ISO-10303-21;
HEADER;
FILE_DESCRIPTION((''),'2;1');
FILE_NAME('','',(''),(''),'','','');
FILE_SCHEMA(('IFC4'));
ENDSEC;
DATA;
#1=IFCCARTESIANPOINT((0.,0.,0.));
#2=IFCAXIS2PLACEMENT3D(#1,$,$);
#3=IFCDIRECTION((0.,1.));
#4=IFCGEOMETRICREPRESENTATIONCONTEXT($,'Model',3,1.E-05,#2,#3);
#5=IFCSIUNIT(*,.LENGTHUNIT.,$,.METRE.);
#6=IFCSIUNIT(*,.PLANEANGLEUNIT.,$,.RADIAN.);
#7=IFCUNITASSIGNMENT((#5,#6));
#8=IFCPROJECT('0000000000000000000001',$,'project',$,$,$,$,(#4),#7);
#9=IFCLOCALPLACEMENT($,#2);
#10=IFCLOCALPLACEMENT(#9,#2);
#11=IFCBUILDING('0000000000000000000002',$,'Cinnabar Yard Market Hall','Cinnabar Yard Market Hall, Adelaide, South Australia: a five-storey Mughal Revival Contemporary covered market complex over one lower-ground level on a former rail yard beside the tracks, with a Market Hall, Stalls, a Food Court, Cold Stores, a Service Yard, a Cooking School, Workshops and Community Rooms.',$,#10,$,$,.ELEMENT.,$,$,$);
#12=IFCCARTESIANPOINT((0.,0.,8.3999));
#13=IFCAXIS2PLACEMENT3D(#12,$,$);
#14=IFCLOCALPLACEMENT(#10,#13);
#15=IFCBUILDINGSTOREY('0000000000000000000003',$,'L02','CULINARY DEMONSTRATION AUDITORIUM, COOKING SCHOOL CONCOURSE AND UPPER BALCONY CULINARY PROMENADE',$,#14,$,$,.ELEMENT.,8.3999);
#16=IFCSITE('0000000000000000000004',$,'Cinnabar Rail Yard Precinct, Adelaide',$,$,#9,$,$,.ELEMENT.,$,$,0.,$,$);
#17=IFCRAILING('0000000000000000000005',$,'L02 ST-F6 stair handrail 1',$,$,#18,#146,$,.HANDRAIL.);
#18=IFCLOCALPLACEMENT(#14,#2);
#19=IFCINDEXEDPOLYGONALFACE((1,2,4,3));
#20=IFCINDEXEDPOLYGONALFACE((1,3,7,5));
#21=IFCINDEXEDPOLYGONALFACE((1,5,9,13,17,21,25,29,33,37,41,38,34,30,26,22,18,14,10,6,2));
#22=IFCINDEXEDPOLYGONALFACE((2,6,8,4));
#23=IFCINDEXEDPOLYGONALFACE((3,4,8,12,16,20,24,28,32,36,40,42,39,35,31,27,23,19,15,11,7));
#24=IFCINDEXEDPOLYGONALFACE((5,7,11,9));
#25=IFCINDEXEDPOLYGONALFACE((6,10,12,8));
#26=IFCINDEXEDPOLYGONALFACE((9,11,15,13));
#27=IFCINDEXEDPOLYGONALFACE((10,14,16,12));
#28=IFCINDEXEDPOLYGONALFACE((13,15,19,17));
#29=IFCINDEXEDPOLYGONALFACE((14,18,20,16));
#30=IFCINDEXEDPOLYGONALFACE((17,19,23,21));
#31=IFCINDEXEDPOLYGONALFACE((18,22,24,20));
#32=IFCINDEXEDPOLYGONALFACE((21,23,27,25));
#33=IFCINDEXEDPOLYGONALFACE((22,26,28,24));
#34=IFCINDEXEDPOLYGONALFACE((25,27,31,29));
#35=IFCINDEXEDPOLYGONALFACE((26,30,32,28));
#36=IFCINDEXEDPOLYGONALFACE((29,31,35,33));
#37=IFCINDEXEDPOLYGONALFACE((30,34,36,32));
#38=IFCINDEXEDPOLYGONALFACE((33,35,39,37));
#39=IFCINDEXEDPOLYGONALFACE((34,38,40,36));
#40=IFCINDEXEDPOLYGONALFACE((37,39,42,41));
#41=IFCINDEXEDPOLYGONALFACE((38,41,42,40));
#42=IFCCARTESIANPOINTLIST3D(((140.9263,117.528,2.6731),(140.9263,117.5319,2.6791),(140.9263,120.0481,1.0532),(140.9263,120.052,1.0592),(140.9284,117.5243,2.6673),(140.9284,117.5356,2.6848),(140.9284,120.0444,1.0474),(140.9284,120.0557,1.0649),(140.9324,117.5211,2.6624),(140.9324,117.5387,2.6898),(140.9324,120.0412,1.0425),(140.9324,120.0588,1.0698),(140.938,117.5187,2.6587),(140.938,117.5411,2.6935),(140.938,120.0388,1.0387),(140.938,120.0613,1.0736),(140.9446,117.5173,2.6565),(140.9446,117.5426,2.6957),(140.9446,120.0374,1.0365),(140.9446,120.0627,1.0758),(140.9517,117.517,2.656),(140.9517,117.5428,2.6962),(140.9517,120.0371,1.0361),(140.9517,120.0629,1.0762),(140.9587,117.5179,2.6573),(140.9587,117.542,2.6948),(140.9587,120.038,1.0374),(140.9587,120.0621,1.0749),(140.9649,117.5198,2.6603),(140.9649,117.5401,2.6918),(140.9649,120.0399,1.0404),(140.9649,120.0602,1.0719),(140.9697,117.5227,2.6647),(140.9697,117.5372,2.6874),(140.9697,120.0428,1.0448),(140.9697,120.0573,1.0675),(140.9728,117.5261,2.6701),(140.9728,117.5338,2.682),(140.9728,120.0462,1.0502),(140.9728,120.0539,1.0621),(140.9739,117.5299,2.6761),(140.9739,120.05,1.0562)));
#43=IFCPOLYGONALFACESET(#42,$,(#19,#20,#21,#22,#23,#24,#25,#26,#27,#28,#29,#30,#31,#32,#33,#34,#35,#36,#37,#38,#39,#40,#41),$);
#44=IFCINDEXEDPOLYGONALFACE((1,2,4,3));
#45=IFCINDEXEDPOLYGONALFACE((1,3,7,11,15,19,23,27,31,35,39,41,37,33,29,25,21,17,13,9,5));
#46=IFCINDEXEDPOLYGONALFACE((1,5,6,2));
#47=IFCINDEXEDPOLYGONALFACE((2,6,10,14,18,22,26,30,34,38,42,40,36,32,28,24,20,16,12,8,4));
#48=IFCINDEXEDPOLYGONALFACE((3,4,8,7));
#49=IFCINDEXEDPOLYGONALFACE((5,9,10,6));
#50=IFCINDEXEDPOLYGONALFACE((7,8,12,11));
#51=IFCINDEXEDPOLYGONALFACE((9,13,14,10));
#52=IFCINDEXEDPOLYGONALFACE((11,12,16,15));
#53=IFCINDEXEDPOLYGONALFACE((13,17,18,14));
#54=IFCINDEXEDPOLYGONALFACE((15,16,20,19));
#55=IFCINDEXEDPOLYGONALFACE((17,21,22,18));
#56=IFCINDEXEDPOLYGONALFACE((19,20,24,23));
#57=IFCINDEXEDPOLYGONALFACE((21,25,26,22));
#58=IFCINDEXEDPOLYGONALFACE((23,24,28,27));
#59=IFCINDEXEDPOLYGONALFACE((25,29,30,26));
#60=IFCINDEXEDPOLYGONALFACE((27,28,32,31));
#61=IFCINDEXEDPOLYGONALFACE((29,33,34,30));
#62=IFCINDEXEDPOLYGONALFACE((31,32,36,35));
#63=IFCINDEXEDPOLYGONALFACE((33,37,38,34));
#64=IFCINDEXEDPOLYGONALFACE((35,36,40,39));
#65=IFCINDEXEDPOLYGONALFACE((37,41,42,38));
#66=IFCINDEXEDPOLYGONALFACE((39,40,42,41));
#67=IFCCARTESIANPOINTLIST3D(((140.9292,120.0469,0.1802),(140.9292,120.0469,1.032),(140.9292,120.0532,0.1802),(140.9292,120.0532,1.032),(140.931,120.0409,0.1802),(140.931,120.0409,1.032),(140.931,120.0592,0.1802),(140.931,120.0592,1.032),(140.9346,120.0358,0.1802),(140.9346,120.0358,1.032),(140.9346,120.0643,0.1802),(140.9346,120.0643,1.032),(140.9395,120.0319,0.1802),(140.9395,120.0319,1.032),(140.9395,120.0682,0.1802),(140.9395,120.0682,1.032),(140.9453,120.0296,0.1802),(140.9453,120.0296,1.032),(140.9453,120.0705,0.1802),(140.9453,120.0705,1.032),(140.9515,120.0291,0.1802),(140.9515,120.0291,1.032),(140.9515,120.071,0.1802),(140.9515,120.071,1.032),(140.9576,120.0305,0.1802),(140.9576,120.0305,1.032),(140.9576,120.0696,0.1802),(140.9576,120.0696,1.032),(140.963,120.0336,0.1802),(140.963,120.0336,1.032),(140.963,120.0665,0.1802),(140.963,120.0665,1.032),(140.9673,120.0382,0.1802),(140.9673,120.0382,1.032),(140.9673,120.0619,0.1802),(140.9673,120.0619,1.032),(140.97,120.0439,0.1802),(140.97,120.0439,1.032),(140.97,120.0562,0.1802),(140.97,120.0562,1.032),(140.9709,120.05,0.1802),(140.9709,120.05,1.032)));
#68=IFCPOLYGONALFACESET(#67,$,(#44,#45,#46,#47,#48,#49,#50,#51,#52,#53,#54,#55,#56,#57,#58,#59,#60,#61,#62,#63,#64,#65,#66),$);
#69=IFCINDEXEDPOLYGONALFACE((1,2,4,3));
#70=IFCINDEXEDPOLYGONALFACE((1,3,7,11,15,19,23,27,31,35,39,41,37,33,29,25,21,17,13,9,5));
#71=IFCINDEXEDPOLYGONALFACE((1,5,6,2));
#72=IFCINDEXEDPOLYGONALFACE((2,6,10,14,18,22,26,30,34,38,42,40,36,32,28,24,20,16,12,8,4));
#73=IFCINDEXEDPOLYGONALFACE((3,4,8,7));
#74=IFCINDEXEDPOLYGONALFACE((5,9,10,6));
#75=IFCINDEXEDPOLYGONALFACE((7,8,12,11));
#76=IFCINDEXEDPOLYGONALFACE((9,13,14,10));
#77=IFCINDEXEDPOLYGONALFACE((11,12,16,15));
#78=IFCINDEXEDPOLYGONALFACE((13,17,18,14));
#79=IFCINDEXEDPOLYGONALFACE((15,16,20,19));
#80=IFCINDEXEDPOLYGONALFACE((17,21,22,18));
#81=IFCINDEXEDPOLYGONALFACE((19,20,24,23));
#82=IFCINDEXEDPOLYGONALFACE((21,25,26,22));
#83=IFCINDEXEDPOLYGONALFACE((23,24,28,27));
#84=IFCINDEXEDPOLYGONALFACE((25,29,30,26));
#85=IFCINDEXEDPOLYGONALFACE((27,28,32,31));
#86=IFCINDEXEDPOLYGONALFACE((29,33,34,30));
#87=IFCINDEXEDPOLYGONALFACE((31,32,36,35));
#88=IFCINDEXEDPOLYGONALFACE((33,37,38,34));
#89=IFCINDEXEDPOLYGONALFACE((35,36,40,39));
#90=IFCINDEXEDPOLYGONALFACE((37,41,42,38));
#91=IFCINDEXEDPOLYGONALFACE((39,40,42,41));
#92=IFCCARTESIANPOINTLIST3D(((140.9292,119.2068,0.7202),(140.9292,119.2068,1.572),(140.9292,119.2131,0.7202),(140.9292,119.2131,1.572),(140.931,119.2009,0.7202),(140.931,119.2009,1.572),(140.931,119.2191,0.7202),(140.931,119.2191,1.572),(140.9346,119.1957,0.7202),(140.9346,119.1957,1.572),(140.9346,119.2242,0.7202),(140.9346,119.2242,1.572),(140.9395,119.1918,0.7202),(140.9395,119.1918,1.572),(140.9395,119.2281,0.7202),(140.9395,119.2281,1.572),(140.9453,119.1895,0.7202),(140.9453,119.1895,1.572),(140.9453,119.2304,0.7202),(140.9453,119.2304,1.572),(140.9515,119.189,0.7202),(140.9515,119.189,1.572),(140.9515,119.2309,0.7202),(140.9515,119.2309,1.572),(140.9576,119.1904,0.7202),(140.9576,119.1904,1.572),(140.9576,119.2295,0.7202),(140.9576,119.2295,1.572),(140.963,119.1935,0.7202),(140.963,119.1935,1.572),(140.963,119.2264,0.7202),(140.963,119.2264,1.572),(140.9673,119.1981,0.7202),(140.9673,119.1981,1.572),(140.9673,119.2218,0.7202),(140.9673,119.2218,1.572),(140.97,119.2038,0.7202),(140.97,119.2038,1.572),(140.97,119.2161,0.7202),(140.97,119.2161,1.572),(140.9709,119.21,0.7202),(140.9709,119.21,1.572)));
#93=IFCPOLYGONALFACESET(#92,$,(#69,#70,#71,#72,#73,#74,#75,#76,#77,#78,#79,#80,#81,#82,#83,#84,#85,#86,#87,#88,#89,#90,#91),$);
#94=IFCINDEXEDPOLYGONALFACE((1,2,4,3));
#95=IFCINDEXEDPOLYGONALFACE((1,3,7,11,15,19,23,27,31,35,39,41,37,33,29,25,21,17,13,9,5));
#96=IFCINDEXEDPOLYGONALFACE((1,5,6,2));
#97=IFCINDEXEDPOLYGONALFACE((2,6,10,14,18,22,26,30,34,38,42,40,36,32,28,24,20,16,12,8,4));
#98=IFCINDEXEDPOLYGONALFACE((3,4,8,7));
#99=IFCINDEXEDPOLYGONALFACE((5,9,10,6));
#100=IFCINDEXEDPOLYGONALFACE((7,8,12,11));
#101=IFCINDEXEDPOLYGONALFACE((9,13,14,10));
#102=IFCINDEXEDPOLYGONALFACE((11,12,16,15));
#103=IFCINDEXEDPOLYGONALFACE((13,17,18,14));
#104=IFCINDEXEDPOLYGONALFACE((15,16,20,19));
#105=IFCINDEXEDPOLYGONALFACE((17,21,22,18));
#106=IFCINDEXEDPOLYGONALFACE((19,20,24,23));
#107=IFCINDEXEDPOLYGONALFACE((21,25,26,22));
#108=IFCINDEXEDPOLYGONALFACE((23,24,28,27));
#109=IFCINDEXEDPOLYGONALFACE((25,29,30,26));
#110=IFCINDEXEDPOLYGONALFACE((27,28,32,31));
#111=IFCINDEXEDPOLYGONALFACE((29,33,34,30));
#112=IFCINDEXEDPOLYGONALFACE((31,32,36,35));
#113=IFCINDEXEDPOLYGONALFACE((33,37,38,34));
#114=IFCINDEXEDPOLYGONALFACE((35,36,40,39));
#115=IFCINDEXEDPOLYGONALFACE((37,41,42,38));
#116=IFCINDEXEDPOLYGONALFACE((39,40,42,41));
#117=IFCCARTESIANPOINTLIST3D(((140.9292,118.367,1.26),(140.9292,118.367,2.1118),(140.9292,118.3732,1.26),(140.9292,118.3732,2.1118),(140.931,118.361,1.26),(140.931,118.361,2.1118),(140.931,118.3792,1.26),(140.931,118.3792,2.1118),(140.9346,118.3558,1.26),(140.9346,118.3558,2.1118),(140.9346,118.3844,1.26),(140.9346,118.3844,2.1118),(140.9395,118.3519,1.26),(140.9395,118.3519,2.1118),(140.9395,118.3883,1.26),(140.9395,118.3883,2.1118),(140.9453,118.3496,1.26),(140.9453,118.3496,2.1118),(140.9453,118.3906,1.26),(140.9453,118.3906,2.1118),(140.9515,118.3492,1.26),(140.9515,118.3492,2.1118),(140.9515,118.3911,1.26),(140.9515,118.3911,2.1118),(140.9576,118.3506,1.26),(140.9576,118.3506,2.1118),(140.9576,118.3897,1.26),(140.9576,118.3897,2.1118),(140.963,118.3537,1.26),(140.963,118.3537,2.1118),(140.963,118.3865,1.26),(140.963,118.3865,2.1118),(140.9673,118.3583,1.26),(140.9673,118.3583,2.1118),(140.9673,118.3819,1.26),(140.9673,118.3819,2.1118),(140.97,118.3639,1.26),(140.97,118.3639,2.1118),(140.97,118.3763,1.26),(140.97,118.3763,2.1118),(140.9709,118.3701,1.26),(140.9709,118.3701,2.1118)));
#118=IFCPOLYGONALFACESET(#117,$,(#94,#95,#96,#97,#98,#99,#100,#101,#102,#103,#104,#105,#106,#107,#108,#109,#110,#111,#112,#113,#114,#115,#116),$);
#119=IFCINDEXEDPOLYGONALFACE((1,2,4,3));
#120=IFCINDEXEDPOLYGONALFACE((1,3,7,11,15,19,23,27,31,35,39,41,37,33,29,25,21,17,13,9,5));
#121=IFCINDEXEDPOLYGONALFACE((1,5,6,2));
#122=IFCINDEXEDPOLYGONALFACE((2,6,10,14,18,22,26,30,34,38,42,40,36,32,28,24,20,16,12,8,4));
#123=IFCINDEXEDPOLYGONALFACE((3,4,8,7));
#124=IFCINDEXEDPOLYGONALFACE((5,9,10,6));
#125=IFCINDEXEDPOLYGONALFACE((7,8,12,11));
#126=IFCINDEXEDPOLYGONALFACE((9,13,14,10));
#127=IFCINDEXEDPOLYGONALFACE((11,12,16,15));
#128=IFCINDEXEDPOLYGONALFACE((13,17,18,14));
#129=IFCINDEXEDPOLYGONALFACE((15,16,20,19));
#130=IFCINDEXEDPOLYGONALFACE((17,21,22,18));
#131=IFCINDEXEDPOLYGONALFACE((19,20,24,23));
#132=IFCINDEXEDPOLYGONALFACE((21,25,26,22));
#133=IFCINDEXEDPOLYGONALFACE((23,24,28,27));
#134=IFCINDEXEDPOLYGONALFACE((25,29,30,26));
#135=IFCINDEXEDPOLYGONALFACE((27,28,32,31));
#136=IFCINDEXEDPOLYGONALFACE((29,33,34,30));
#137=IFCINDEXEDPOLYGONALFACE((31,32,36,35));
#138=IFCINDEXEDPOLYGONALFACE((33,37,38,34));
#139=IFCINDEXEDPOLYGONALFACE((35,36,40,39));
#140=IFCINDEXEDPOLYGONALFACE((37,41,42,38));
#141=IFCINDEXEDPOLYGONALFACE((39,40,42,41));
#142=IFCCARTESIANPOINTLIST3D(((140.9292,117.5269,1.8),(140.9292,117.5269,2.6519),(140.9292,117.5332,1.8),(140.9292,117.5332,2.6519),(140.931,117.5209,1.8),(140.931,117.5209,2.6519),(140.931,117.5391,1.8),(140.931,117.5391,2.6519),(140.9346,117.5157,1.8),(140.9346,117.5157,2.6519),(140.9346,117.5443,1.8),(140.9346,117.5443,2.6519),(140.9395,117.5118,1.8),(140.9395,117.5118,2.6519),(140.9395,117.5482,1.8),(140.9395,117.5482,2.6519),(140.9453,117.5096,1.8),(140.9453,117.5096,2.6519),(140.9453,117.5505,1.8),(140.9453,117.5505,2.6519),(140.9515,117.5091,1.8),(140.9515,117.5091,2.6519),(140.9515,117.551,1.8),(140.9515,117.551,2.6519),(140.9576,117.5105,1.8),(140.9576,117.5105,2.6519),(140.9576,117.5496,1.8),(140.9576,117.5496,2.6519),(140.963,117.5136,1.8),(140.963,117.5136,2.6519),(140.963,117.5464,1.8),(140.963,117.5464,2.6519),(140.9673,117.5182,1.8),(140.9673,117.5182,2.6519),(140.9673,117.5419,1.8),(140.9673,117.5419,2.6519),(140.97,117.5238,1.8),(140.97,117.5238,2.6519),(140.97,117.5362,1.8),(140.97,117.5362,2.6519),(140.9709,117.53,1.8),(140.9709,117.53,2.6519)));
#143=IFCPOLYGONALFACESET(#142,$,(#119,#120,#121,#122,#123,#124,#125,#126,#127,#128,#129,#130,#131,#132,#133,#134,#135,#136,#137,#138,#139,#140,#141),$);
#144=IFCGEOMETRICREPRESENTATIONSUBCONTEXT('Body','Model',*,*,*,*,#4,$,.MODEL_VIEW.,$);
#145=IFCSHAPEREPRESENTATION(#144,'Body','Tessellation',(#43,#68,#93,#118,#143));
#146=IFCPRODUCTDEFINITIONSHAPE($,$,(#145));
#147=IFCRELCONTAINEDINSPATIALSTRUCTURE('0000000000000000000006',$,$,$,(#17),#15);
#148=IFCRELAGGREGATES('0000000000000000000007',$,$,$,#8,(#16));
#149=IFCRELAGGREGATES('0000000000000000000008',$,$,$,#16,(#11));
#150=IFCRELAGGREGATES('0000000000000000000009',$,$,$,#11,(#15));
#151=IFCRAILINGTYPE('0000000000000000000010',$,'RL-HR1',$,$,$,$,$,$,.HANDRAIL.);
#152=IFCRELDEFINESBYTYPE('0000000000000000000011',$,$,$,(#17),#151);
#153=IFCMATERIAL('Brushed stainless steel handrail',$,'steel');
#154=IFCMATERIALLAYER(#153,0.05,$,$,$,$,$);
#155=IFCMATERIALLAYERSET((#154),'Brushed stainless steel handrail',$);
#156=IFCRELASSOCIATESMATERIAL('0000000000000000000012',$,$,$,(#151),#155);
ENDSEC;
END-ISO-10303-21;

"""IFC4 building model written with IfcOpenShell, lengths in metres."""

from ifc_helpers import new_model, si_unit, direction, frame, origin, origin_2d_with_axis, place, context, subcontext, project, spatial, circle, extrude, material, layer, layer_set, type_object, element, save


model = new_model("IFC4")

# Units and contexts
model_context = context("Model", 3, precision=1e-05, world=origin(), true_north=direction((0.0, 1.0)))
body_context = subcontext(model_context, "Body", "Model", "MODEL_VIEW")
ifc_project = project(units=[si_unit("LENGTHUNIT", "METRE"), si_unit("PLANEANGLEUNIT", "RADIAN")], contexts=[model_context])

# Site, building, storey
site_placement = place(None, origin())
site = spatial("IfcSite", under=ifc_project, at=site_placement, Name="Cinnabar Rail Yard Precinct, Adelaide", CompositionType="ELEMENT", RefElevation=0.0)
building_placement = place(site_placement, origin())
building = spatial("IfcBuilding", under=site, at=building_placement, Name="Cinnabar Yard Market Hall", Description="Cinnabar Yard Market Hall, Adelaide, South Australia: a five-storey Mughal Revival Contemporary covered market complex over one lower-ground level on a former rail yard beside the tracks, with a Market Hall, Stalls, a Food Court, Cold Stores, a Service Yard, a Cooking School, Workshops and Community Rooms.", CompositionType="ELEMENT")
storey_placement = place(building_placement, frame((0.0, 0.0, 8.3999)))
storey = spatial("IfcBuildingStorey", under=building, at=storey_placement, Name="L02", Description="CULINARY DEMONSTRATION AUDITORIUM, COOKING SCHOOL CONCOURSE AND UPPER BALCONY CULINARY PROMENADE", CompositionType="ELEMENT", Elevation=8.3999)

# Railing
ifc_material_1 = material(Name="Brushed stainless steel handrail", Category="steel")
ifc_layer_1 = layer(ifc_material_1, 0.05)
ifc_layer_set_1 = layer_set([ifc_layer_1], Name="Brushed stainless steel handrail")
railing_type_1 = type_object("IfcRailingType", Name="RL-HR1", PredefinedType="HANDRAIL", material=ifc_layer_set_1)
railing_1_placement = place(storey_placement, frame((140.95, 120.05, 0.1802)))
element("IfcRailing", 1, at=railing_1_placement, inside=storey, type_object=railing_type_1, Name="L02 ST-F6 stair handrail 1", PredefinedType="HANDRAIL", context=body_context, shape_type="SweptSolid", body=[
    extrude(circle(Radius=0.0239, at=origin_2d_with_axis()), frame((0.0, 0.0, 0.876), z_axis=(0.0, -0.8412, 0.540725), x_axis=(1.0, 0.0, 0.0)), (0.0, 0.0, 1.0), 2.9958),
    extrude(circle(Radius=0.021, at=origin_2d_with_axis()), origin(), (0.0, 0.0, 1.0), 0.8518),
    extrude(circle(Radius=0.021, at=origin_2d_with_axis()), frame((0.0, -0.8401, 0.54)), (0.0, 0.0, 1.0), 0.8518),
    extrude(circle(Radius=0.021, at=origin_2d_with_axis()), frame((0.0, -1.6799, 1.0798)), (0.0, 0.0, 1.0), 0.8518),
    extrude(circle(Radius=0.021, at=origin_2d_with_axis()), frame((0.0, -2.52, 1.6199)), (0.0, 0.0, 1.0), 0.8518),
])

save(model, "model.ifc")
